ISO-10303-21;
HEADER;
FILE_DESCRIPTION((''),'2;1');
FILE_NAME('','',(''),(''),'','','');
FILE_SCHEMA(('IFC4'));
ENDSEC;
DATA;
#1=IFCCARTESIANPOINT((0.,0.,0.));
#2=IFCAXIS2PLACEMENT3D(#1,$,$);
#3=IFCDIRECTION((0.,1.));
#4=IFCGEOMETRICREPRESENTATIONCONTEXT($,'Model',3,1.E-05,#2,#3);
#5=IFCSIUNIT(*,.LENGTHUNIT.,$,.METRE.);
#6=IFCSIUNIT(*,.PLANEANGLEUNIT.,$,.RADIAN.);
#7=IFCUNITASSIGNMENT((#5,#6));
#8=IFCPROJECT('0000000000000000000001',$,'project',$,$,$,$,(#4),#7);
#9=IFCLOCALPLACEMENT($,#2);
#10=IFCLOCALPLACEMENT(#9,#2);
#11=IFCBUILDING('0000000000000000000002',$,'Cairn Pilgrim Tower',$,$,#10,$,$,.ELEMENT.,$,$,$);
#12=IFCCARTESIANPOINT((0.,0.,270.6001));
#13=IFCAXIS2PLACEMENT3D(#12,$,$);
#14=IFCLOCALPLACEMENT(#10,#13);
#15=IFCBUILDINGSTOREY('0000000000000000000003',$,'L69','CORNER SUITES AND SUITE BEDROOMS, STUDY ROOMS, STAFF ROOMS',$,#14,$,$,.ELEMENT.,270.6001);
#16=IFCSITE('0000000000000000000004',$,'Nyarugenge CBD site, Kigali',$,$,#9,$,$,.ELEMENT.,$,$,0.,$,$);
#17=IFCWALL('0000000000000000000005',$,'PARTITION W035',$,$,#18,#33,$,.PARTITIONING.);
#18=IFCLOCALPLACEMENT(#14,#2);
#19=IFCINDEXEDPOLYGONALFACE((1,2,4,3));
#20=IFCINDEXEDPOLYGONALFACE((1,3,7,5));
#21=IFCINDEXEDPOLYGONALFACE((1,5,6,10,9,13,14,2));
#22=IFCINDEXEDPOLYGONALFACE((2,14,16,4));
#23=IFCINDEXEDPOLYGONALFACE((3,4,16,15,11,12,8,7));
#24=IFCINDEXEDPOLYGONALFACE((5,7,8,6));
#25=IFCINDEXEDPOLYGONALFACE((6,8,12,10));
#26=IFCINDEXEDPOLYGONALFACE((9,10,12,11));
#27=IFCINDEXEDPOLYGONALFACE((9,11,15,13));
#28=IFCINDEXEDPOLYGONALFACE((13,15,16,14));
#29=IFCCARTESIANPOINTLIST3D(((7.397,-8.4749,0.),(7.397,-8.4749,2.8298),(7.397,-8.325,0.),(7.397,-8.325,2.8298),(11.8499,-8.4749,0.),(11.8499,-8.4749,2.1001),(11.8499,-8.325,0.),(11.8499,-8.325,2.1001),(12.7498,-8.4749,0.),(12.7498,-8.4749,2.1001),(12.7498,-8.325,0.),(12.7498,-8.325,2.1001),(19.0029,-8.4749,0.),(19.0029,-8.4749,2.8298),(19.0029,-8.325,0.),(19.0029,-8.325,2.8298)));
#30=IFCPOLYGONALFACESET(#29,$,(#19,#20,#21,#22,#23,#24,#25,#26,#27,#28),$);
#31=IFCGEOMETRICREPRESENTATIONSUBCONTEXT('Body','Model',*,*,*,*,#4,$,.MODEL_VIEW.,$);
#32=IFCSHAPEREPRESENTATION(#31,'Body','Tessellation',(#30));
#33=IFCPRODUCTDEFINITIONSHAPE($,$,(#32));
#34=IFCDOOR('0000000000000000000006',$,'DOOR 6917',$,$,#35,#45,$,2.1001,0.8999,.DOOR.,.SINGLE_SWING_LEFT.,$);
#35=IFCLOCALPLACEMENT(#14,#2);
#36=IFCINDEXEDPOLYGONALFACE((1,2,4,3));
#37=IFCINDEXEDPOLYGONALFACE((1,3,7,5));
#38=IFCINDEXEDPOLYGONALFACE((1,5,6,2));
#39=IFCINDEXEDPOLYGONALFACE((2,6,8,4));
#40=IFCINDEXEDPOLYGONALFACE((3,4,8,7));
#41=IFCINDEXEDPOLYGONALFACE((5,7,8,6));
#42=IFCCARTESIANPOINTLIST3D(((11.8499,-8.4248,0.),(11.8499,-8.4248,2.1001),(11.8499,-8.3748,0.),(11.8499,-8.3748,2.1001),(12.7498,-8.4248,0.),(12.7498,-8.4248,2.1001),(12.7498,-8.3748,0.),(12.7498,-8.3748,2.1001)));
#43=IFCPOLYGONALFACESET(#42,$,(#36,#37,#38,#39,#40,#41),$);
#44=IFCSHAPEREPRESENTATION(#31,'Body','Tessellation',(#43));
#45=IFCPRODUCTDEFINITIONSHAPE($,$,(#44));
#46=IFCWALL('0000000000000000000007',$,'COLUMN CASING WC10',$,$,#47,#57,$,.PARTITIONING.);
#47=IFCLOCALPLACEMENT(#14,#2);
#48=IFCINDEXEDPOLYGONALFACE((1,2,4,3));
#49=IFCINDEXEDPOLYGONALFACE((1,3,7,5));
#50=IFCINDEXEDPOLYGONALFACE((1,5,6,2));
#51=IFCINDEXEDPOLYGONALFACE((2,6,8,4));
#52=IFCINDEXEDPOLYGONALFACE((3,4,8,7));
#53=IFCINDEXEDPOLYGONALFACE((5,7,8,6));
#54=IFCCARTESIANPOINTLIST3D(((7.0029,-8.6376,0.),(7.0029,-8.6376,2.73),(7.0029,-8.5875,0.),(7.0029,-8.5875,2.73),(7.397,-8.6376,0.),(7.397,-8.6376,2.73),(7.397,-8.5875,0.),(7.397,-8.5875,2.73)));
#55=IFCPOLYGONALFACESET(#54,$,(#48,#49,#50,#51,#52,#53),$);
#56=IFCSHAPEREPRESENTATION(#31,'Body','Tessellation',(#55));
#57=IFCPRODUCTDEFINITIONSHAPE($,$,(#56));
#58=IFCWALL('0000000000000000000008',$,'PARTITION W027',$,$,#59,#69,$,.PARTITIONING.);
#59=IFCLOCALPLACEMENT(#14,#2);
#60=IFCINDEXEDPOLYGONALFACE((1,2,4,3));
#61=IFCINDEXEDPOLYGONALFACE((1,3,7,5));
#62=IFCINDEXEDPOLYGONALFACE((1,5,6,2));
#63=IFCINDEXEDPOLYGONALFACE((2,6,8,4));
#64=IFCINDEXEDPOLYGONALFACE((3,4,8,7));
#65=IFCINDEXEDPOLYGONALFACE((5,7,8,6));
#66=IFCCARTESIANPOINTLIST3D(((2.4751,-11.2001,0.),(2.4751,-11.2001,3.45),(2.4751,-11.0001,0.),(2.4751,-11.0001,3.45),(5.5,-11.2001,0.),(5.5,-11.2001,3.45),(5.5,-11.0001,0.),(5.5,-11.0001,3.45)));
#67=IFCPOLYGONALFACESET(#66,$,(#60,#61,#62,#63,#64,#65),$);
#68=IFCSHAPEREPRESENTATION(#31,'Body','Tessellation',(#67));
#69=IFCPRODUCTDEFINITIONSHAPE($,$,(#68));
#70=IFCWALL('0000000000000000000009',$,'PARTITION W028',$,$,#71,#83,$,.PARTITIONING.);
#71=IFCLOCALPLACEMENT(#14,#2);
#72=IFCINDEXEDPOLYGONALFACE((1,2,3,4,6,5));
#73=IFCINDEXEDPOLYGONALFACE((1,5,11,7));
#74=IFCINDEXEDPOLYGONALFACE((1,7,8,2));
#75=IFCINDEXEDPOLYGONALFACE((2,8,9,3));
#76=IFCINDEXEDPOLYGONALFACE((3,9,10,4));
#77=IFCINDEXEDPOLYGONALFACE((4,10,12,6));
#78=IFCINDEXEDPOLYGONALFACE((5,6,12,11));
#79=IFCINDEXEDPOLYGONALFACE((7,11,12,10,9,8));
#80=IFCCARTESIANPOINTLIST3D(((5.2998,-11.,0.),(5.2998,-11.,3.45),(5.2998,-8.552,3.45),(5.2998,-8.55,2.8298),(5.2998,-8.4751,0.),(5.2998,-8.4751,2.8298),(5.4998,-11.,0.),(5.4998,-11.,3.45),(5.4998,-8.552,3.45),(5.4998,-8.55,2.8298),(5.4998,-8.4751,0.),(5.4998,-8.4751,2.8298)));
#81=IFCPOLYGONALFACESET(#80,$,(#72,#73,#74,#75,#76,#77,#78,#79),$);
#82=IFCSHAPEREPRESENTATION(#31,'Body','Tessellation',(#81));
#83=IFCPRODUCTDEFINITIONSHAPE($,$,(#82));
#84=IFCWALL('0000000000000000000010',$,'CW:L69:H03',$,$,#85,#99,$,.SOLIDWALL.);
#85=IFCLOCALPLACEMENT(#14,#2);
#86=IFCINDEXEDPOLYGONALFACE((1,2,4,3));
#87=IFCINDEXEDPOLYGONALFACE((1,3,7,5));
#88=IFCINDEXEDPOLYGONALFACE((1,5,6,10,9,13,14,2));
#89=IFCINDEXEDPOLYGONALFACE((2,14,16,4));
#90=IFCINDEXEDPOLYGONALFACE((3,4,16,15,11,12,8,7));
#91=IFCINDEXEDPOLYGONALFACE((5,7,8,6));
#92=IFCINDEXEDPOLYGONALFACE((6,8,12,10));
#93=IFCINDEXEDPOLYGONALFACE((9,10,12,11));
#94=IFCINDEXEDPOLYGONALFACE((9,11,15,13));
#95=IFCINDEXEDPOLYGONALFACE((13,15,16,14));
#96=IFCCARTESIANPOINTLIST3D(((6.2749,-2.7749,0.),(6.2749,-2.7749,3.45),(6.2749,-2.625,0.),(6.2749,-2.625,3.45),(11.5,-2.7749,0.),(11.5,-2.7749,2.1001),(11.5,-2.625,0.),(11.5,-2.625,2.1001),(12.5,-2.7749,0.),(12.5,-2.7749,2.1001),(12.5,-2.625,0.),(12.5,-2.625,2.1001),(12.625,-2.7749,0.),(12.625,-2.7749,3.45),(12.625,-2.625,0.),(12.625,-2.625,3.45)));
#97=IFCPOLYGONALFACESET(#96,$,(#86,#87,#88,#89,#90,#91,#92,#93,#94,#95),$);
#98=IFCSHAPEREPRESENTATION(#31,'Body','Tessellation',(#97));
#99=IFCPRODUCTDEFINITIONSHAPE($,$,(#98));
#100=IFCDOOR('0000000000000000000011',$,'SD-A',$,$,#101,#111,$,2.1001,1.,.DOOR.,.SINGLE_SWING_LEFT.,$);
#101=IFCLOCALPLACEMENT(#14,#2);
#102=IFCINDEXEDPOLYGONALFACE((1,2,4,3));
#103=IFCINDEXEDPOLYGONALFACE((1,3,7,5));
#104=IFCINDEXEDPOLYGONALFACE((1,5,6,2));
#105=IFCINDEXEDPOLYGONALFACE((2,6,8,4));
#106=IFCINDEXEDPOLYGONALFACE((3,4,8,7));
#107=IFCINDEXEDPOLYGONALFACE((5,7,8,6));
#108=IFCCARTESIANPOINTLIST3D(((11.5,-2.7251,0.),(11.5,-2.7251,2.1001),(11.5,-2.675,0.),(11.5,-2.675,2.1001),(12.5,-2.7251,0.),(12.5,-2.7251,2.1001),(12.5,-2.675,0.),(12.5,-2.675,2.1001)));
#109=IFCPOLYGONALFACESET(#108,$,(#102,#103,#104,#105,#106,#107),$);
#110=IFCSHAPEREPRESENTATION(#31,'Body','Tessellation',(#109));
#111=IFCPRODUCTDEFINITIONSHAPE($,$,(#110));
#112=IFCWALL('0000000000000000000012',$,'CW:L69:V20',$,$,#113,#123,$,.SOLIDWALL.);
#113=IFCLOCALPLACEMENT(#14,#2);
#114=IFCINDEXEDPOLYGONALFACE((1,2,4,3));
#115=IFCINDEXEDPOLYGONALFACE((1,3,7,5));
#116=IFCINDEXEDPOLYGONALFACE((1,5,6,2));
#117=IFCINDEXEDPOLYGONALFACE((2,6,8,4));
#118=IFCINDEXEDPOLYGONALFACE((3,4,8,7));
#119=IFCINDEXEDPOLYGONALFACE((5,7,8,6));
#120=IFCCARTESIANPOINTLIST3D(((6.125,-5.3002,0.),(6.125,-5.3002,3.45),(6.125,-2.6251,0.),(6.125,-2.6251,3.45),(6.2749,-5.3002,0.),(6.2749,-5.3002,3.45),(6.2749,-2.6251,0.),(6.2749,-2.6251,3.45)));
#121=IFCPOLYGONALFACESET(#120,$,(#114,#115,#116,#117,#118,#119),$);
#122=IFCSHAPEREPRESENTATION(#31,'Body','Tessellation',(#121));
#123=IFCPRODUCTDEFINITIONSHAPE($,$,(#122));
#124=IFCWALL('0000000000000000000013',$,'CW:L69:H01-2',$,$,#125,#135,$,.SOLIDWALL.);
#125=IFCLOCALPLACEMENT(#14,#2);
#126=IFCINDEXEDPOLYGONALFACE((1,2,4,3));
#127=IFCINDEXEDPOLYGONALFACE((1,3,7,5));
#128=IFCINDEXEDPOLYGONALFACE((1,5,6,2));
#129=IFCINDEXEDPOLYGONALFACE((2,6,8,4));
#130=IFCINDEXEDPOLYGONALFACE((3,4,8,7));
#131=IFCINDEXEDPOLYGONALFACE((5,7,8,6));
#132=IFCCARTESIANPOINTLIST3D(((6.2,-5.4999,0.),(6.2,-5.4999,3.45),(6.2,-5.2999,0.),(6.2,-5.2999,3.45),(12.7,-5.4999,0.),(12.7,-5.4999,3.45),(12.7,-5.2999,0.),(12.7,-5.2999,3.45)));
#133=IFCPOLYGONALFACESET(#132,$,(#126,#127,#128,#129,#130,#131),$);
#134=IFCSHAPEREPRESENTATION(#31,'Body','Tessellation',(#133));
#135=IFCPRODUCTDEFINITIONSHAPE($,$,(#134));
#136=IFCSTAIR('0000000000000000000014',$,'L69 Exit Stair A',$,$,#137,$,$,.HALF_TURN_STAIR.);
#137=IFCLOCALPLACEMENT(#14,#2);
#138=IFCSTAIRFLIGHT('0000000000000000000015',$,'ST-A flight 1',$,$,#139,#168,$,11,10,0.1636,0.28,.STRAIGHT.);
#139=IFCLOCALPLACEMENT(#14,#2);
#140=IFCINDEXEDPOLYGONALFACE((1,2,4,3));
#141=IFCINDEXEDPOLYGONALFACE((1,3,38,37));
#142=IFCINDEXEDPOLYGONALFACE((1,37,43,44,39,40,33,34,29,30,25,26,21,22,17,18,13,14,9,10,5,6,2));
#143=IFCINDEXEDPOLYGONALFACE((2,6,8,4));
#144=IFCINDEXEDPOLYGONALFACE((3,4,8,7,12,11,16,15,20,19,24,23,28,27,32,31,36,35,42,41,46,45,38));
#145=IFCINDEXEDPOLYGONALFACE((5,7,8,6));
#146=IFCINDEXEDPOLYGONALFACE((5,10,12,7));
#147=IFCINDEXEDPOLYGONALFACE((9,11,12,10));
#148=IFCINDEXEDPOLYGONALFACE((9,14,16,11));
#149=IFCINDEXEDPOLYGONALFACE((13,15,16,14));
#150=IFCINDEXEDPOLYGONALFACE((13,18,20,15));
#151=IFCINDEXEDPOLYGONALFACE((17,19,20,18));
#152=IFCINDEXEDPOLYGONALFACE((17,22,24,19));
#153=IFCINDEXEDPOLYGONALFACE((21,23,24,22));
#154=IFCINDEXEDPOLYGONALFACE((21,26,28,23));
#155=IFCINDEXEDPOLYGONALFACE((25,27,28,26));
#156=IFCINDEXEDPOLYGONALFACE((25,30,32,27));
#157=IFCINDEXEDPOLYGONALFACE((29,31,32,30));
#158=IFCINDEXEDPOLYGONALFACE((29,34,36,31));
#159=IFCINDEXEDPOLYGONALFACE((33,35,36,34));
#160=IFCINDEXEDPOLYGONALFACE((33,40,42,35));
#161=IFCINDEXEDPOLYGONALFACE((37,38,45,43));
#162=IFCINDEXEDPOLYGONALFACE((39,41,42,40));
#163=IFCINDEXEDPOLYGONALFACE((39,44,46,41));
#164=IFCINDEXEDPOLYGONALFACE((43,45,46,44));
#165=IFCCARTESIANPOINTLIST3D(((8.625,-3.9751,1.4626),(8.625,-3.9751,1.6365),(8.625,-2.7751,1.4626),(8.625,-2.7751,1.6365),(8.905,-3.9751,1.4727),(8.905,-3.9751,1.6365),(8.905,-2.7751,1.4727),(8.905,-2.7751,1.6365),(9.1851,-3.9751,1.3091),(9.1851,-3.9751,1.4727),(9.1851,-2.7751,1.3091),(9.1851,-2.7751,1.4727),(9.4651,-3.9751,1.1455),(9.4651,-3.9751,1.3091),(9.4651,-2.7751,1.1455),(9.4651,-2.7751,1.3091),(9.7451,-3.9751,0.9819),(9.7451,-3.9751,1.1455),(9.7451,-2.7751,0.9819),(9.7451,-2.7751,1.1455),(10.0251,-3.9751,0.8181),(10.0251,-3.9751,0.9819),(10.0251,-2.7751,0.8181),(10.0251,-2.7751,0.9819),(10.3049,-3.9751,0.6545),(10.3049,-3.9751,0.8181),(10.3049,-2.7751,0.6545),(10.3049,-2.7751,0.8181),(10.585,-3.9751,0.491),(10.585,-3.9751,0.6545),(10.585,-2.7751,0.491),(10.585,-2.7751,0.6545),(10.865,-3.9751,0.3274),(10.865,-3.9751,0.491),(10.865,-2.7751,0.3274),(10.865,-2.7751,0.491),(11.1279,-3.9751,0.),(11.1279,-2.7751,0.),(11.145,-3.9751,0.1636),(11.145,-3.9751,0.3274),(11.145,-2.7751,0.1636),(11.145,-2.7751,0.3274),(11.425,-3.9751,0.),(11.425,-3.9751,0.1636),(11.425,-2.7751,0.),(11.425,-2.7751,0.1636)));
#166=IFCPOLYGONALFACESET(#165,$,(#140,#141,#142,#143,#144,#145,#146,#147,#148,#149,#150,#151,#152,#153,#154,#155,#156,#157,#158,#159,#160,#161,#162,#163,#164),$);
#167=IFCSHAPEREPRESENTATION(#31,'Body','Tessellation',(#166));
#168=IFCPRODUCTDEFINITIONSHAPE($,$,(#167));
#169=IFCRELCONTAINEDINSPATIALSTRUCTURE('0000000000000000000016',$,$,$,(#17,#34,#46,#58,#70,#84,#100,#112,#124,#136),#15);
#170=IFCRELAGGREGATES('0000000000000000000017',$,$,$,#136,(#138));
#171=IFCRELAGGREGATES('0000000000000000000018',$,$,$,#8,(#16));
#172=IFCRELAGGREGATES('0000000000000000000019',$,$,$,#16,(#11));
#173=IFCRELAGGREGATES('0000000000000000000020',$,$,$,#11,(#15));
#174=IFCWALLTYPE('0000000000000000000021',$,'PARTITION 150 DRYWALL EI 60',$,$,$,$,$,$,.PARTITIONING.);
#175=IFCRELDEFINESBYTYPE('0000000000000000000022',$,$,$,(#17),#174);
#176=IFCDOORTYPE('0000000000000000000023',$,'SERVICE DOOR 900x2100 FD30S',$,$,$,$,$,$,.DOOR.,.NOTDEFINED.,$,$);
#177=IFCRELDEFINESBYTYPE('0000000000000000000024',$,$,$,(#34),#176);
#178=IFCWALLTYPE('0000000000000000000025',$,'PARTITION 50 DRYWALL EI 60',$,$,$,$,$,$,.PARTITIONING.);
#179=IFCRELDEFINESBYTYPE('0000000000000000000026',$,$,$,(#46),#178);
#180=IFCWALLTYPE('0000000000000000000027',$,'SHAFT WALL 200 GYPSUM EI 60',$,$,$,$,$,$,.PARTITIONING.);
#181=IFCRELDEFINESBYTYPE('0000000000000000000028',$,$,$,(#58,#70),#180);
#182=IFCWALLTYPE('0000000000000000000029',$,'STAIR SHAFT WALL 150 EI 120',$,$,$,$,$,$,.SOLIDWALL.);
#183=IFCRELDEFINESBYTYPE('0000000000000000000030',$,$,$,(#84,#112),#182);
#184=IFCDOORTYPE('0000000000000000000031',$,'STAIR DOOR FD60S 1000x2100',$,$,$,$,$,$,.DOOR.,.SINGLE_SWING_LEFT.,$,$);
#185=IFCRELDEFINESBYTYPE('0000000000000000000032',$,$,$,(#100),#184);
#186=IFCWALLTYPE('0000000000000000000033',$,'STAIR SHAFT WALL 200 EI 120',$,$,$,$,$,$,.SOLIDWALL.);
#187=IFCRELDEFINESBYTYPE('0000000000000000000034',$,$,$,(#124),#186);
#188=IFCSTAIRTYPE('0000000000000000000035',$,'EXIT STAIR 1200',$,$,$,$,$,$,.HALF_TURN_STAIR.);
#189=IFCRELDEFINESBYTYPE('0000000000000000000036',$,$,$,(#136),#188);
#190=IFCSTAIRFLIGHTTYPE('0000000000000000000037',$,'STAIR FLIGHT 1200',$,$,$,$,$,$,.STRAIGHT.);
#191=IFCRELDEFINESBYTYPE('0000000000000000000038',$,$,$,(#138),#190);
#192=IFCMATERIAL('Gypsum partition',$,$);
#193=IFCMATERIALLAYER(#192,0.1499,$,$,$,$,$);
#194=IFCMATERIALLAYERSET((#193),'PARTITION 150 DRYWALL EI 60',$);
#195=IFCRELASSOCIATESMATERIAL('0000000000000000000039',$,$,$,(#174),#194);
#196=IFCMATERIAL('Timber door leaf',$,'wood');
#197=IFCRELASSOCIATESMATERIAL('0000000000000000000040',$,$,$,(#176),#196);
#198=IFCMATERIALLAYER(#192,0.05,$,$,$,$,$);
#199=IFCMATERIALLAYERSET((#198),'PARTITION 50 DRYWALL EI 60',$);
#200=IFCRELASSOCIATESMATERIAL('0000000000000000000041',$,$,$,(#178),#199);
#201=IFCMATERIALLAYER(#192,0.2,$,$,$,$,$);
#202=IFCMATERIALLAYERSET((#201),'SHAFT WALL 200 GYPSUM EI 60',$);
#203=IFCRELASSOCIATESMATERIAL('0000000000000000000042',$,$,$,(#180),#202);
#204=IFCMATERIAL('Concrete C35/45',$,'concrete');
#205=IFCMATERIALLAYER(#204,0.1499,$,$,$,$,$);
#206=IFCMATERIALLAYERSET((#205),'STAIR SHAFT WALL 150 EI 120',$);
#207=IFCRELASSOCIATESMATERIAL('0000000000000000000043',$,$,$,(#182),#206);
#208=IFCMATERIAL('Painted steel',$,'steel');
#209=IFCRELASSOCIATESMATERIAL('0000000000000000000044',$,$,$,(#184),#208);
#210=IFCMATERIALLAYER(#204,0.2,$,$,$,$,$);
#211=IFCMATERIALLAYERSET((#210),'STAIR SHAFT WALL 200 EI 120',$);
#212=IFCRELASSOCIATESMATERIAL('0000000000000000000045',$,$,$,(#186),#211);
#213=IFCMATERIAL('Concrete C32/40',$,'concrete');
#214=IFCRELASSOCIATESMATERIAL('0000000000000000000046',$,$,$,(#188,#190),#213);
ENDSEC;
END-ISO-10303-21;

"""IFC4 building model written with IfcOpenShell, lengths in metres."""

from ifc_helpers import new_model, si_unit, direction, frame, frame_2d, origin, place, context, subcontext, project, spatial, polyline, rectangle, outline, extrude, material, layer, layer_set, type_object, element, fill, aggregate, save


model = new_model("IFC4")

# Units and contexts
model_context = context("Model", 3, precision=1e-05, world=origin(), true_north=direction((0.0, 1.0)))
body_context = subcontext(model_context, "Body", "Model", "MODEL_VIEW")
ifc_project = project(units=[si_unit("LENGTHUNIT", "METRE"), si_unit("PLANEANGLEUNIT", "RADIAN")], contexts=[model_context])

# Site, building, storey
site_placement = place(None, origin())
site = spatial("IfcSite", under=ifc_project, at=site_placement, Name="Nyarugenge CBD site, Kigali", CompositionType="ELEMENT", RefElevation=0.0)
building_placement = place(site_placement, origin())
building = spatial("IfcBuilding", under=site, at=building_placement, Name="Cairn Pilgrim Tower", CompositionType="ELEMENT")
storey_placement = place(building_placement, frame((0.0, 0.0, 270.6001)))
storey = spatial("IfcBuildingStorey", under=building, at=storey_placement, Name="L69", Description="CORNER SUITES AND SUITE BEDROOMS, STUDY ROOMS, STAFF ROOMS", CompositionType="ELEMENT", Elevation=270.6001)

# Shared definitions
ifc_material_1 = material(Name="Concrete C32/40", Category="concrete")

# Wall, opening, door
ifc_material_2 = material(Name="Gypsum partition")
ifc_layer_1 = layer(ifc_material_2, 0.1499)
ifc_layer_set_1 = layer_set([ifc_layer_1], Name="PARTITION 150 DRYWALL EI 60")
wall_type_1 = type_object("IfcWallType", Name="PARTITION 150 DRYWALL EI 60", PredefinedType="PARTITIONING", material=ifc_layer_set_1)
ifc_material_3 = material(Name="Timber door leaf", Category="wood")
wall_1_placement = place(storey_placement, frame((7.397, -8.3999, 0.0), z_axis=(0.0, 0.0, 1.0), x_axis=(1.0, 0.0, 0.0)))
wall_1 = element("IfcWall", 1, at=wall_1_placement, inside=storey, type_object=wall_type_1, Name="PARTITION W035", PredefinedType="PARTITIONING", context=body_context, shape_type="SweptSolid", body=[
    extrude(rectangle(XDim=11.606, YDim=0.1499, at=frame_2d((5.803, 0.0))), origin(), (0.0, 0.0, 1.0), 2.8298),
])
opening_1_placement = place(wall_1_placement, frame((4.4529, 0.0, 0.0)))
opening_1 = element("IfcOpeningElement", 2, at=opening_1_placement, cuts=wall_1, PredefinedType="OPENING", context=body_context, shape_type="SweptSolid", body=[
    extrude(rectangle(XDim=0.8999, YDim=2.1001, at=frame_2d((0.45, 1.05))), frame((0.0, 0.085, 0.0), z_axis=(0.0, -1.0, 0.0), x_axis=(1.0, 0.0, 0.0)), (0.0, 0.0, 1.0), 0.1699),
])
door_type_1 = type_object("IfcDoorType", Name="SERVICE DOOR 900x2100 FD30S", OperationType="NOTDEFINED", PredefinedType="DOOR", material=ifc_material_3)
door_1_placement = place(opening_1_placement, frame((0.8999, 0.0, 0.0), z_axis=(0.0, 0.0, 1.0), x_axis=(-1.0, 0.0, 0.0)))
door_1 = element("IfcDoor", 3, at=door_1_placement, inside=storey, type_object=door_type_1, Name="DOOR 6917", OperationType="SINGLE_SWING_LEFT", OverallHeight=2.1001, OverallWidth=0.8999, PredefinedType="DOOR", context=body_context, shape_type="SweptSolid", body=[
    extrude(rectangle(XDim=0.8999, YDim=2.1001, at=frame_2d((0.45, 1.05))), frame((0.0, 0.0249, 0.0), z_axis=(0.0, -1.0, 0.0), x_axis=(1.0, 0.0, 0.0)), (0.0, 0.0, 1.0), 0.05),
])
fill(opening_1, door_1)

# Walls
ifc_layer_2 = layer(ifc_material_2, 0.05)
ifc_layer_set_2 = layer_set([ifc_layer_2], Name="PARTITION 50 DRYWALL EI 60")
wall_type_2 = type_object("IfcWallType", Name="PARTITION 50 DRYWALL EI 60", PredefinedType="PARTITIONING", material=ifc_layer_set_2)
wall_2_placement = place(storey_placement, frame((7.0029, -8.6125, 0.0), z_axis=(0.0, 0.0, 1.0), x_axis=(1.0, 0.0, 0.0)))
element("IfcWall", 4, at=wall_2_placement, inside=storey, type_object=wall_type_2, Name="COLUMN CASING WC10", PredefinedType="PARTITIONING", context=body_context, shape_type="SweptSolid", body=[
    extrude(rectangle(XDim=0.394, YDim=0.05, at=frame_2d((0.197, 0.0))), origin(), (0.0, 0.0, 1.0), 2.73),
])
ifc_layer_3 = layer(ifc_material_2, 0.2)
ifc_layer_set_3 = layer_set([ifc_layer_3], Name="SHAFT WALL 200 GYPSUM EI 60")
wall_type_3 = type_object("IfcWallType", Name="SHAFT WALL 200 GYPSUM EI 60", PredefinedType="PARTITIONING", material=ifc_layer_set_3)
wall_3_placement = place(storey_placement, frame((2.4751, -11.1001, 0.0), z_axis=(0.0, 0.0, 1.0), x_axis=(1.0, 0.0, 0.0)))
element("IfcWall", 5, at=wall_3_placement, inside=storey, type_object=wall_type_3, Name="PARTITION W027", PredefinedType="PARTITIONING", context=body_context, shape_type="SweptSolid", body=[
    extrude(rectangle(XDim=3.0249, YDim=0.2, at=frame_2d((1.5125, 0.0))), origin(), (0.0, 0.0, 1.0), 3.45),
])
wall_4_placement = place(storey_placement, frame((5.3999, -11.0, 0.0), z_axis=(0.0, 0.0, 1.0), x_axis=(0.0, 1.0, 0.0)))
element("IfcWall", 6, at=wall_4_placement, inside=storey, type_object=wall_type_3, Name="PARTITION W028", PredefinedType="PARTITIONING", context=body_context, shape_type="SweptSolid", body=[
    extrude(outline(polyline([(0.0, 0.0), (2.5249, 0.0), (2.5249, 2.8298), (2.45, 2.8298), (2.448, 3.45), (0.0, 3.45), (0.0, 0.0)])), frame((0.0, 0.1001, 0.0), z_axis=(0.0, -1.0, 0.0), x_axis=(1.0, 0.0, 0.0)), (0.0, 0.0, 1.0), 0.2),
])

# Wall, opening, door
ifc_material_4 = material(Name="Concrete C35/45", Category="concrete")
ifc_layer_4 = layer(ifc_material_4, 0.1499)
ifc_layer_set_4 = layer_set([ifc_layer_4], Name="STAIR SHAFT WALL 150 EI 120")
wall_type_4 = type_object("IfcWallType", Name="STAIR SHAFT WALL 150 EI 120", PredefinedType="SOLIDWALL", material=ifc_layer_set_4)
wall_5_placement = place(storey_placement, frame((6.2749, -2.7, 0.0), z_axis=(0.0, 0.0, 1.0), x_axis=(1.0, 0.0, 0.0)))
wall_5 = element("IfcWall", 7, at=wall_5_placement, inside=storey, type_object=wall_type_4, Name="CW:L69:H03", PredefinedType="SOLIDWALL", context=body_context, shape_type="SweptSolid", body=[
    extrude(rectangle(XDim=6.3501, YDim=0.1499, at=frame_2d((3.175, 0.0))), origin(), (0.0, 0.0, 1.0), 3.45),
])
opening_2_placement = place(wall_5_placement, frame((5.2251, 0.0, 0.0)))
opening_2 = element("IfcOpeningElement", 8, at=opening_2_placement, cuts=wall_5, PredefinedType="OPENING", context=body_context, shape_type="SweptSolid", body=[
    extrude(rectangle(XDim=1.0, YDim=2.1001, at=frame_2d((0.5, 1.05))), frame((0.0, 0.085, 0.0), z_axis=(0.0, -1.0, 0.0), x_axis=(1.0, 0.0, 0.0)), (0.0, 0.0, 1.0), 0.1699),
])
ifc_material_5 = material(Name="Painted steel", Category="steel")
door_type_2 = type_object("IfcDoorType", Name="STAIR DOOR FD60S 1000x2100", OperationType="SINGLE_SWING_LEFT", PredefinedType="DOOR", material=ifc_material_5)
door_2_placement = place(opening_2_placement, origin())
door_2 = element("IfcDoor", 9, at=door_2_placement, inside=storey, type_object=door_type_2, Name="SD-A", OperationType="SINGLE_SWING_LEFT", OverallHeight=2.1001, OverallWidth=1.0, PredefinedType="DOOR", context=body_context, shape_type="SweptSolid", body=[
    extrude(rectangle(XDim=1.0, YDim=2.1001, at=frame_2d((0.5, 1.05))), frame((0.0, 0.0249, 0.0), z_axis=(0.0, -1.0, 0.0), x_axis=(1.0, 0.0, 0.0)), (0.0, 0.0, 1.0), 0.05),
])
fill(opening_2, door_2)

# Walls
wall_6_placement = place(storey_placement, frame((6.2, -5.3, 0.0), z_axis=(0.0, 0.0, 1.0), x_axis=(0.0, 1.0, 0.0)))
element("IfcWall", 10, at=wall_6_placement, inside=storey, type_object=wall_type_4, Name="CW:L69:V20", PredefinedType="SOLIDWALL", context=body_context, shape_type="SweptSolid", body=[
    extrude(rectangle(XDim=2.675, YDim=0.1499, at=frame_2d((1.3374, 0.0))), origin(), (0.0, 0.0, 1.0), 3.45),
])
ifc_layer_5 = layer(ifc_material_4, 0.2)
ifc_layer_set_5 = layer_set([ifc_layer_5], Name="STAIR SHAFT WALL 200 EI 120")
wall_type_5 = type_object("IfcWallType", Name="STAIR SHAFT WALL 200 EI 120", PredefinedType="SOLIDWALL", material=ifc_layer_set_5)
wall_7_placement = place(storey_placement, frame((6.2, -5.3999, 0.0), z_axis=(0.0, 0.0, 1.0), x_axis=(1.0, 0.0, 0.0)))
element("IfcWall", 11, at=wall_7_placement, inside=storey, type_object=wall_type_5, Name="CW:L69:H01-2", PredefinedType="SOLIDWALL", context=body_context, shape_type="SweptSolid", body=[
    extrude(rectangle(XDim=6.5, YDim=0.2, at=frame_2d((3.25, 0.0))), origin(), (0.0, 0.0, 1.0), 3.45),
])

# Stair, stair flight
stair_type = type_object("IfcStairType", Name="EXIT STAIR 1200", PredefinedType="HALF_TURN_STAIR", material=ifc_material_1)
stair_placement = place(storey_placement, origin())
stair = element("IfcStair", 12, at=stair_placement, inside=storey, type_object=stair_type, Name="L69 Exit Stair A", PredefinedType="HALF_TURN_STAIR")
stair_flight_type = type_object("IfcStairFlightType", Name="STAIR FLIGHT 1200", PredefinedType="STRAIGHT", material=ifc_material_1)
stair_flight_1_placement = place(storey_placement, frame((11.425, -3.375, 0.0), z_axis=(0.0, 0.0, 1.0), x_axis=(-1.0, 0.0, 0.0)))
stair_flight_1 = element("IfcStairFlight", 13, at=stair_flight_1_placement, type_object=stair_flight_type, Name="ST-A flight 1", NumberOfRisers=11, NumberOfTreads=10, PredefinedType="STRAIGHT", RiserHeight=0.1636, TreadLength=0.28, context=body_context, shape_type="SweptSolid", body=[
    extrude(outline(polyline([(0.0, 0.0), (0.0, 0.1636), (0.28, 0.1636), (0.28, 0.3274), (0.5601, 0.3274), (0.5601, 0.491), (0.8401, 0.491), (0.8401, 0.6545), (1.1201, 0.6545), (1.1201, 0.8181), (1.3999, 0.8181), (1.3999, 0.9819), (1.6799, 0.9819), (1.6799, 1.1455), (1.96, 1.1455), (1.96, 1.3091), (2.24, 1.3091), (2.24, 1.4727), (2.52, 1.4727), (2.52, 1.6365), (2.8, 1.6365), (2.8, 1.8), (2.8, 1.4626), (0.2971, 0.0), (0.0, 0.0)])), frame((0.0, 0.6001, 0.0), z_axis=(0.0, -1.0, 0.0), x_axis=(1.0, 0.0, 0.0)), (0.0, 0.0, 1.0), 1.2),
])
aggregate(stair, [stair_flight_1])

save(model, "model.ifc")
